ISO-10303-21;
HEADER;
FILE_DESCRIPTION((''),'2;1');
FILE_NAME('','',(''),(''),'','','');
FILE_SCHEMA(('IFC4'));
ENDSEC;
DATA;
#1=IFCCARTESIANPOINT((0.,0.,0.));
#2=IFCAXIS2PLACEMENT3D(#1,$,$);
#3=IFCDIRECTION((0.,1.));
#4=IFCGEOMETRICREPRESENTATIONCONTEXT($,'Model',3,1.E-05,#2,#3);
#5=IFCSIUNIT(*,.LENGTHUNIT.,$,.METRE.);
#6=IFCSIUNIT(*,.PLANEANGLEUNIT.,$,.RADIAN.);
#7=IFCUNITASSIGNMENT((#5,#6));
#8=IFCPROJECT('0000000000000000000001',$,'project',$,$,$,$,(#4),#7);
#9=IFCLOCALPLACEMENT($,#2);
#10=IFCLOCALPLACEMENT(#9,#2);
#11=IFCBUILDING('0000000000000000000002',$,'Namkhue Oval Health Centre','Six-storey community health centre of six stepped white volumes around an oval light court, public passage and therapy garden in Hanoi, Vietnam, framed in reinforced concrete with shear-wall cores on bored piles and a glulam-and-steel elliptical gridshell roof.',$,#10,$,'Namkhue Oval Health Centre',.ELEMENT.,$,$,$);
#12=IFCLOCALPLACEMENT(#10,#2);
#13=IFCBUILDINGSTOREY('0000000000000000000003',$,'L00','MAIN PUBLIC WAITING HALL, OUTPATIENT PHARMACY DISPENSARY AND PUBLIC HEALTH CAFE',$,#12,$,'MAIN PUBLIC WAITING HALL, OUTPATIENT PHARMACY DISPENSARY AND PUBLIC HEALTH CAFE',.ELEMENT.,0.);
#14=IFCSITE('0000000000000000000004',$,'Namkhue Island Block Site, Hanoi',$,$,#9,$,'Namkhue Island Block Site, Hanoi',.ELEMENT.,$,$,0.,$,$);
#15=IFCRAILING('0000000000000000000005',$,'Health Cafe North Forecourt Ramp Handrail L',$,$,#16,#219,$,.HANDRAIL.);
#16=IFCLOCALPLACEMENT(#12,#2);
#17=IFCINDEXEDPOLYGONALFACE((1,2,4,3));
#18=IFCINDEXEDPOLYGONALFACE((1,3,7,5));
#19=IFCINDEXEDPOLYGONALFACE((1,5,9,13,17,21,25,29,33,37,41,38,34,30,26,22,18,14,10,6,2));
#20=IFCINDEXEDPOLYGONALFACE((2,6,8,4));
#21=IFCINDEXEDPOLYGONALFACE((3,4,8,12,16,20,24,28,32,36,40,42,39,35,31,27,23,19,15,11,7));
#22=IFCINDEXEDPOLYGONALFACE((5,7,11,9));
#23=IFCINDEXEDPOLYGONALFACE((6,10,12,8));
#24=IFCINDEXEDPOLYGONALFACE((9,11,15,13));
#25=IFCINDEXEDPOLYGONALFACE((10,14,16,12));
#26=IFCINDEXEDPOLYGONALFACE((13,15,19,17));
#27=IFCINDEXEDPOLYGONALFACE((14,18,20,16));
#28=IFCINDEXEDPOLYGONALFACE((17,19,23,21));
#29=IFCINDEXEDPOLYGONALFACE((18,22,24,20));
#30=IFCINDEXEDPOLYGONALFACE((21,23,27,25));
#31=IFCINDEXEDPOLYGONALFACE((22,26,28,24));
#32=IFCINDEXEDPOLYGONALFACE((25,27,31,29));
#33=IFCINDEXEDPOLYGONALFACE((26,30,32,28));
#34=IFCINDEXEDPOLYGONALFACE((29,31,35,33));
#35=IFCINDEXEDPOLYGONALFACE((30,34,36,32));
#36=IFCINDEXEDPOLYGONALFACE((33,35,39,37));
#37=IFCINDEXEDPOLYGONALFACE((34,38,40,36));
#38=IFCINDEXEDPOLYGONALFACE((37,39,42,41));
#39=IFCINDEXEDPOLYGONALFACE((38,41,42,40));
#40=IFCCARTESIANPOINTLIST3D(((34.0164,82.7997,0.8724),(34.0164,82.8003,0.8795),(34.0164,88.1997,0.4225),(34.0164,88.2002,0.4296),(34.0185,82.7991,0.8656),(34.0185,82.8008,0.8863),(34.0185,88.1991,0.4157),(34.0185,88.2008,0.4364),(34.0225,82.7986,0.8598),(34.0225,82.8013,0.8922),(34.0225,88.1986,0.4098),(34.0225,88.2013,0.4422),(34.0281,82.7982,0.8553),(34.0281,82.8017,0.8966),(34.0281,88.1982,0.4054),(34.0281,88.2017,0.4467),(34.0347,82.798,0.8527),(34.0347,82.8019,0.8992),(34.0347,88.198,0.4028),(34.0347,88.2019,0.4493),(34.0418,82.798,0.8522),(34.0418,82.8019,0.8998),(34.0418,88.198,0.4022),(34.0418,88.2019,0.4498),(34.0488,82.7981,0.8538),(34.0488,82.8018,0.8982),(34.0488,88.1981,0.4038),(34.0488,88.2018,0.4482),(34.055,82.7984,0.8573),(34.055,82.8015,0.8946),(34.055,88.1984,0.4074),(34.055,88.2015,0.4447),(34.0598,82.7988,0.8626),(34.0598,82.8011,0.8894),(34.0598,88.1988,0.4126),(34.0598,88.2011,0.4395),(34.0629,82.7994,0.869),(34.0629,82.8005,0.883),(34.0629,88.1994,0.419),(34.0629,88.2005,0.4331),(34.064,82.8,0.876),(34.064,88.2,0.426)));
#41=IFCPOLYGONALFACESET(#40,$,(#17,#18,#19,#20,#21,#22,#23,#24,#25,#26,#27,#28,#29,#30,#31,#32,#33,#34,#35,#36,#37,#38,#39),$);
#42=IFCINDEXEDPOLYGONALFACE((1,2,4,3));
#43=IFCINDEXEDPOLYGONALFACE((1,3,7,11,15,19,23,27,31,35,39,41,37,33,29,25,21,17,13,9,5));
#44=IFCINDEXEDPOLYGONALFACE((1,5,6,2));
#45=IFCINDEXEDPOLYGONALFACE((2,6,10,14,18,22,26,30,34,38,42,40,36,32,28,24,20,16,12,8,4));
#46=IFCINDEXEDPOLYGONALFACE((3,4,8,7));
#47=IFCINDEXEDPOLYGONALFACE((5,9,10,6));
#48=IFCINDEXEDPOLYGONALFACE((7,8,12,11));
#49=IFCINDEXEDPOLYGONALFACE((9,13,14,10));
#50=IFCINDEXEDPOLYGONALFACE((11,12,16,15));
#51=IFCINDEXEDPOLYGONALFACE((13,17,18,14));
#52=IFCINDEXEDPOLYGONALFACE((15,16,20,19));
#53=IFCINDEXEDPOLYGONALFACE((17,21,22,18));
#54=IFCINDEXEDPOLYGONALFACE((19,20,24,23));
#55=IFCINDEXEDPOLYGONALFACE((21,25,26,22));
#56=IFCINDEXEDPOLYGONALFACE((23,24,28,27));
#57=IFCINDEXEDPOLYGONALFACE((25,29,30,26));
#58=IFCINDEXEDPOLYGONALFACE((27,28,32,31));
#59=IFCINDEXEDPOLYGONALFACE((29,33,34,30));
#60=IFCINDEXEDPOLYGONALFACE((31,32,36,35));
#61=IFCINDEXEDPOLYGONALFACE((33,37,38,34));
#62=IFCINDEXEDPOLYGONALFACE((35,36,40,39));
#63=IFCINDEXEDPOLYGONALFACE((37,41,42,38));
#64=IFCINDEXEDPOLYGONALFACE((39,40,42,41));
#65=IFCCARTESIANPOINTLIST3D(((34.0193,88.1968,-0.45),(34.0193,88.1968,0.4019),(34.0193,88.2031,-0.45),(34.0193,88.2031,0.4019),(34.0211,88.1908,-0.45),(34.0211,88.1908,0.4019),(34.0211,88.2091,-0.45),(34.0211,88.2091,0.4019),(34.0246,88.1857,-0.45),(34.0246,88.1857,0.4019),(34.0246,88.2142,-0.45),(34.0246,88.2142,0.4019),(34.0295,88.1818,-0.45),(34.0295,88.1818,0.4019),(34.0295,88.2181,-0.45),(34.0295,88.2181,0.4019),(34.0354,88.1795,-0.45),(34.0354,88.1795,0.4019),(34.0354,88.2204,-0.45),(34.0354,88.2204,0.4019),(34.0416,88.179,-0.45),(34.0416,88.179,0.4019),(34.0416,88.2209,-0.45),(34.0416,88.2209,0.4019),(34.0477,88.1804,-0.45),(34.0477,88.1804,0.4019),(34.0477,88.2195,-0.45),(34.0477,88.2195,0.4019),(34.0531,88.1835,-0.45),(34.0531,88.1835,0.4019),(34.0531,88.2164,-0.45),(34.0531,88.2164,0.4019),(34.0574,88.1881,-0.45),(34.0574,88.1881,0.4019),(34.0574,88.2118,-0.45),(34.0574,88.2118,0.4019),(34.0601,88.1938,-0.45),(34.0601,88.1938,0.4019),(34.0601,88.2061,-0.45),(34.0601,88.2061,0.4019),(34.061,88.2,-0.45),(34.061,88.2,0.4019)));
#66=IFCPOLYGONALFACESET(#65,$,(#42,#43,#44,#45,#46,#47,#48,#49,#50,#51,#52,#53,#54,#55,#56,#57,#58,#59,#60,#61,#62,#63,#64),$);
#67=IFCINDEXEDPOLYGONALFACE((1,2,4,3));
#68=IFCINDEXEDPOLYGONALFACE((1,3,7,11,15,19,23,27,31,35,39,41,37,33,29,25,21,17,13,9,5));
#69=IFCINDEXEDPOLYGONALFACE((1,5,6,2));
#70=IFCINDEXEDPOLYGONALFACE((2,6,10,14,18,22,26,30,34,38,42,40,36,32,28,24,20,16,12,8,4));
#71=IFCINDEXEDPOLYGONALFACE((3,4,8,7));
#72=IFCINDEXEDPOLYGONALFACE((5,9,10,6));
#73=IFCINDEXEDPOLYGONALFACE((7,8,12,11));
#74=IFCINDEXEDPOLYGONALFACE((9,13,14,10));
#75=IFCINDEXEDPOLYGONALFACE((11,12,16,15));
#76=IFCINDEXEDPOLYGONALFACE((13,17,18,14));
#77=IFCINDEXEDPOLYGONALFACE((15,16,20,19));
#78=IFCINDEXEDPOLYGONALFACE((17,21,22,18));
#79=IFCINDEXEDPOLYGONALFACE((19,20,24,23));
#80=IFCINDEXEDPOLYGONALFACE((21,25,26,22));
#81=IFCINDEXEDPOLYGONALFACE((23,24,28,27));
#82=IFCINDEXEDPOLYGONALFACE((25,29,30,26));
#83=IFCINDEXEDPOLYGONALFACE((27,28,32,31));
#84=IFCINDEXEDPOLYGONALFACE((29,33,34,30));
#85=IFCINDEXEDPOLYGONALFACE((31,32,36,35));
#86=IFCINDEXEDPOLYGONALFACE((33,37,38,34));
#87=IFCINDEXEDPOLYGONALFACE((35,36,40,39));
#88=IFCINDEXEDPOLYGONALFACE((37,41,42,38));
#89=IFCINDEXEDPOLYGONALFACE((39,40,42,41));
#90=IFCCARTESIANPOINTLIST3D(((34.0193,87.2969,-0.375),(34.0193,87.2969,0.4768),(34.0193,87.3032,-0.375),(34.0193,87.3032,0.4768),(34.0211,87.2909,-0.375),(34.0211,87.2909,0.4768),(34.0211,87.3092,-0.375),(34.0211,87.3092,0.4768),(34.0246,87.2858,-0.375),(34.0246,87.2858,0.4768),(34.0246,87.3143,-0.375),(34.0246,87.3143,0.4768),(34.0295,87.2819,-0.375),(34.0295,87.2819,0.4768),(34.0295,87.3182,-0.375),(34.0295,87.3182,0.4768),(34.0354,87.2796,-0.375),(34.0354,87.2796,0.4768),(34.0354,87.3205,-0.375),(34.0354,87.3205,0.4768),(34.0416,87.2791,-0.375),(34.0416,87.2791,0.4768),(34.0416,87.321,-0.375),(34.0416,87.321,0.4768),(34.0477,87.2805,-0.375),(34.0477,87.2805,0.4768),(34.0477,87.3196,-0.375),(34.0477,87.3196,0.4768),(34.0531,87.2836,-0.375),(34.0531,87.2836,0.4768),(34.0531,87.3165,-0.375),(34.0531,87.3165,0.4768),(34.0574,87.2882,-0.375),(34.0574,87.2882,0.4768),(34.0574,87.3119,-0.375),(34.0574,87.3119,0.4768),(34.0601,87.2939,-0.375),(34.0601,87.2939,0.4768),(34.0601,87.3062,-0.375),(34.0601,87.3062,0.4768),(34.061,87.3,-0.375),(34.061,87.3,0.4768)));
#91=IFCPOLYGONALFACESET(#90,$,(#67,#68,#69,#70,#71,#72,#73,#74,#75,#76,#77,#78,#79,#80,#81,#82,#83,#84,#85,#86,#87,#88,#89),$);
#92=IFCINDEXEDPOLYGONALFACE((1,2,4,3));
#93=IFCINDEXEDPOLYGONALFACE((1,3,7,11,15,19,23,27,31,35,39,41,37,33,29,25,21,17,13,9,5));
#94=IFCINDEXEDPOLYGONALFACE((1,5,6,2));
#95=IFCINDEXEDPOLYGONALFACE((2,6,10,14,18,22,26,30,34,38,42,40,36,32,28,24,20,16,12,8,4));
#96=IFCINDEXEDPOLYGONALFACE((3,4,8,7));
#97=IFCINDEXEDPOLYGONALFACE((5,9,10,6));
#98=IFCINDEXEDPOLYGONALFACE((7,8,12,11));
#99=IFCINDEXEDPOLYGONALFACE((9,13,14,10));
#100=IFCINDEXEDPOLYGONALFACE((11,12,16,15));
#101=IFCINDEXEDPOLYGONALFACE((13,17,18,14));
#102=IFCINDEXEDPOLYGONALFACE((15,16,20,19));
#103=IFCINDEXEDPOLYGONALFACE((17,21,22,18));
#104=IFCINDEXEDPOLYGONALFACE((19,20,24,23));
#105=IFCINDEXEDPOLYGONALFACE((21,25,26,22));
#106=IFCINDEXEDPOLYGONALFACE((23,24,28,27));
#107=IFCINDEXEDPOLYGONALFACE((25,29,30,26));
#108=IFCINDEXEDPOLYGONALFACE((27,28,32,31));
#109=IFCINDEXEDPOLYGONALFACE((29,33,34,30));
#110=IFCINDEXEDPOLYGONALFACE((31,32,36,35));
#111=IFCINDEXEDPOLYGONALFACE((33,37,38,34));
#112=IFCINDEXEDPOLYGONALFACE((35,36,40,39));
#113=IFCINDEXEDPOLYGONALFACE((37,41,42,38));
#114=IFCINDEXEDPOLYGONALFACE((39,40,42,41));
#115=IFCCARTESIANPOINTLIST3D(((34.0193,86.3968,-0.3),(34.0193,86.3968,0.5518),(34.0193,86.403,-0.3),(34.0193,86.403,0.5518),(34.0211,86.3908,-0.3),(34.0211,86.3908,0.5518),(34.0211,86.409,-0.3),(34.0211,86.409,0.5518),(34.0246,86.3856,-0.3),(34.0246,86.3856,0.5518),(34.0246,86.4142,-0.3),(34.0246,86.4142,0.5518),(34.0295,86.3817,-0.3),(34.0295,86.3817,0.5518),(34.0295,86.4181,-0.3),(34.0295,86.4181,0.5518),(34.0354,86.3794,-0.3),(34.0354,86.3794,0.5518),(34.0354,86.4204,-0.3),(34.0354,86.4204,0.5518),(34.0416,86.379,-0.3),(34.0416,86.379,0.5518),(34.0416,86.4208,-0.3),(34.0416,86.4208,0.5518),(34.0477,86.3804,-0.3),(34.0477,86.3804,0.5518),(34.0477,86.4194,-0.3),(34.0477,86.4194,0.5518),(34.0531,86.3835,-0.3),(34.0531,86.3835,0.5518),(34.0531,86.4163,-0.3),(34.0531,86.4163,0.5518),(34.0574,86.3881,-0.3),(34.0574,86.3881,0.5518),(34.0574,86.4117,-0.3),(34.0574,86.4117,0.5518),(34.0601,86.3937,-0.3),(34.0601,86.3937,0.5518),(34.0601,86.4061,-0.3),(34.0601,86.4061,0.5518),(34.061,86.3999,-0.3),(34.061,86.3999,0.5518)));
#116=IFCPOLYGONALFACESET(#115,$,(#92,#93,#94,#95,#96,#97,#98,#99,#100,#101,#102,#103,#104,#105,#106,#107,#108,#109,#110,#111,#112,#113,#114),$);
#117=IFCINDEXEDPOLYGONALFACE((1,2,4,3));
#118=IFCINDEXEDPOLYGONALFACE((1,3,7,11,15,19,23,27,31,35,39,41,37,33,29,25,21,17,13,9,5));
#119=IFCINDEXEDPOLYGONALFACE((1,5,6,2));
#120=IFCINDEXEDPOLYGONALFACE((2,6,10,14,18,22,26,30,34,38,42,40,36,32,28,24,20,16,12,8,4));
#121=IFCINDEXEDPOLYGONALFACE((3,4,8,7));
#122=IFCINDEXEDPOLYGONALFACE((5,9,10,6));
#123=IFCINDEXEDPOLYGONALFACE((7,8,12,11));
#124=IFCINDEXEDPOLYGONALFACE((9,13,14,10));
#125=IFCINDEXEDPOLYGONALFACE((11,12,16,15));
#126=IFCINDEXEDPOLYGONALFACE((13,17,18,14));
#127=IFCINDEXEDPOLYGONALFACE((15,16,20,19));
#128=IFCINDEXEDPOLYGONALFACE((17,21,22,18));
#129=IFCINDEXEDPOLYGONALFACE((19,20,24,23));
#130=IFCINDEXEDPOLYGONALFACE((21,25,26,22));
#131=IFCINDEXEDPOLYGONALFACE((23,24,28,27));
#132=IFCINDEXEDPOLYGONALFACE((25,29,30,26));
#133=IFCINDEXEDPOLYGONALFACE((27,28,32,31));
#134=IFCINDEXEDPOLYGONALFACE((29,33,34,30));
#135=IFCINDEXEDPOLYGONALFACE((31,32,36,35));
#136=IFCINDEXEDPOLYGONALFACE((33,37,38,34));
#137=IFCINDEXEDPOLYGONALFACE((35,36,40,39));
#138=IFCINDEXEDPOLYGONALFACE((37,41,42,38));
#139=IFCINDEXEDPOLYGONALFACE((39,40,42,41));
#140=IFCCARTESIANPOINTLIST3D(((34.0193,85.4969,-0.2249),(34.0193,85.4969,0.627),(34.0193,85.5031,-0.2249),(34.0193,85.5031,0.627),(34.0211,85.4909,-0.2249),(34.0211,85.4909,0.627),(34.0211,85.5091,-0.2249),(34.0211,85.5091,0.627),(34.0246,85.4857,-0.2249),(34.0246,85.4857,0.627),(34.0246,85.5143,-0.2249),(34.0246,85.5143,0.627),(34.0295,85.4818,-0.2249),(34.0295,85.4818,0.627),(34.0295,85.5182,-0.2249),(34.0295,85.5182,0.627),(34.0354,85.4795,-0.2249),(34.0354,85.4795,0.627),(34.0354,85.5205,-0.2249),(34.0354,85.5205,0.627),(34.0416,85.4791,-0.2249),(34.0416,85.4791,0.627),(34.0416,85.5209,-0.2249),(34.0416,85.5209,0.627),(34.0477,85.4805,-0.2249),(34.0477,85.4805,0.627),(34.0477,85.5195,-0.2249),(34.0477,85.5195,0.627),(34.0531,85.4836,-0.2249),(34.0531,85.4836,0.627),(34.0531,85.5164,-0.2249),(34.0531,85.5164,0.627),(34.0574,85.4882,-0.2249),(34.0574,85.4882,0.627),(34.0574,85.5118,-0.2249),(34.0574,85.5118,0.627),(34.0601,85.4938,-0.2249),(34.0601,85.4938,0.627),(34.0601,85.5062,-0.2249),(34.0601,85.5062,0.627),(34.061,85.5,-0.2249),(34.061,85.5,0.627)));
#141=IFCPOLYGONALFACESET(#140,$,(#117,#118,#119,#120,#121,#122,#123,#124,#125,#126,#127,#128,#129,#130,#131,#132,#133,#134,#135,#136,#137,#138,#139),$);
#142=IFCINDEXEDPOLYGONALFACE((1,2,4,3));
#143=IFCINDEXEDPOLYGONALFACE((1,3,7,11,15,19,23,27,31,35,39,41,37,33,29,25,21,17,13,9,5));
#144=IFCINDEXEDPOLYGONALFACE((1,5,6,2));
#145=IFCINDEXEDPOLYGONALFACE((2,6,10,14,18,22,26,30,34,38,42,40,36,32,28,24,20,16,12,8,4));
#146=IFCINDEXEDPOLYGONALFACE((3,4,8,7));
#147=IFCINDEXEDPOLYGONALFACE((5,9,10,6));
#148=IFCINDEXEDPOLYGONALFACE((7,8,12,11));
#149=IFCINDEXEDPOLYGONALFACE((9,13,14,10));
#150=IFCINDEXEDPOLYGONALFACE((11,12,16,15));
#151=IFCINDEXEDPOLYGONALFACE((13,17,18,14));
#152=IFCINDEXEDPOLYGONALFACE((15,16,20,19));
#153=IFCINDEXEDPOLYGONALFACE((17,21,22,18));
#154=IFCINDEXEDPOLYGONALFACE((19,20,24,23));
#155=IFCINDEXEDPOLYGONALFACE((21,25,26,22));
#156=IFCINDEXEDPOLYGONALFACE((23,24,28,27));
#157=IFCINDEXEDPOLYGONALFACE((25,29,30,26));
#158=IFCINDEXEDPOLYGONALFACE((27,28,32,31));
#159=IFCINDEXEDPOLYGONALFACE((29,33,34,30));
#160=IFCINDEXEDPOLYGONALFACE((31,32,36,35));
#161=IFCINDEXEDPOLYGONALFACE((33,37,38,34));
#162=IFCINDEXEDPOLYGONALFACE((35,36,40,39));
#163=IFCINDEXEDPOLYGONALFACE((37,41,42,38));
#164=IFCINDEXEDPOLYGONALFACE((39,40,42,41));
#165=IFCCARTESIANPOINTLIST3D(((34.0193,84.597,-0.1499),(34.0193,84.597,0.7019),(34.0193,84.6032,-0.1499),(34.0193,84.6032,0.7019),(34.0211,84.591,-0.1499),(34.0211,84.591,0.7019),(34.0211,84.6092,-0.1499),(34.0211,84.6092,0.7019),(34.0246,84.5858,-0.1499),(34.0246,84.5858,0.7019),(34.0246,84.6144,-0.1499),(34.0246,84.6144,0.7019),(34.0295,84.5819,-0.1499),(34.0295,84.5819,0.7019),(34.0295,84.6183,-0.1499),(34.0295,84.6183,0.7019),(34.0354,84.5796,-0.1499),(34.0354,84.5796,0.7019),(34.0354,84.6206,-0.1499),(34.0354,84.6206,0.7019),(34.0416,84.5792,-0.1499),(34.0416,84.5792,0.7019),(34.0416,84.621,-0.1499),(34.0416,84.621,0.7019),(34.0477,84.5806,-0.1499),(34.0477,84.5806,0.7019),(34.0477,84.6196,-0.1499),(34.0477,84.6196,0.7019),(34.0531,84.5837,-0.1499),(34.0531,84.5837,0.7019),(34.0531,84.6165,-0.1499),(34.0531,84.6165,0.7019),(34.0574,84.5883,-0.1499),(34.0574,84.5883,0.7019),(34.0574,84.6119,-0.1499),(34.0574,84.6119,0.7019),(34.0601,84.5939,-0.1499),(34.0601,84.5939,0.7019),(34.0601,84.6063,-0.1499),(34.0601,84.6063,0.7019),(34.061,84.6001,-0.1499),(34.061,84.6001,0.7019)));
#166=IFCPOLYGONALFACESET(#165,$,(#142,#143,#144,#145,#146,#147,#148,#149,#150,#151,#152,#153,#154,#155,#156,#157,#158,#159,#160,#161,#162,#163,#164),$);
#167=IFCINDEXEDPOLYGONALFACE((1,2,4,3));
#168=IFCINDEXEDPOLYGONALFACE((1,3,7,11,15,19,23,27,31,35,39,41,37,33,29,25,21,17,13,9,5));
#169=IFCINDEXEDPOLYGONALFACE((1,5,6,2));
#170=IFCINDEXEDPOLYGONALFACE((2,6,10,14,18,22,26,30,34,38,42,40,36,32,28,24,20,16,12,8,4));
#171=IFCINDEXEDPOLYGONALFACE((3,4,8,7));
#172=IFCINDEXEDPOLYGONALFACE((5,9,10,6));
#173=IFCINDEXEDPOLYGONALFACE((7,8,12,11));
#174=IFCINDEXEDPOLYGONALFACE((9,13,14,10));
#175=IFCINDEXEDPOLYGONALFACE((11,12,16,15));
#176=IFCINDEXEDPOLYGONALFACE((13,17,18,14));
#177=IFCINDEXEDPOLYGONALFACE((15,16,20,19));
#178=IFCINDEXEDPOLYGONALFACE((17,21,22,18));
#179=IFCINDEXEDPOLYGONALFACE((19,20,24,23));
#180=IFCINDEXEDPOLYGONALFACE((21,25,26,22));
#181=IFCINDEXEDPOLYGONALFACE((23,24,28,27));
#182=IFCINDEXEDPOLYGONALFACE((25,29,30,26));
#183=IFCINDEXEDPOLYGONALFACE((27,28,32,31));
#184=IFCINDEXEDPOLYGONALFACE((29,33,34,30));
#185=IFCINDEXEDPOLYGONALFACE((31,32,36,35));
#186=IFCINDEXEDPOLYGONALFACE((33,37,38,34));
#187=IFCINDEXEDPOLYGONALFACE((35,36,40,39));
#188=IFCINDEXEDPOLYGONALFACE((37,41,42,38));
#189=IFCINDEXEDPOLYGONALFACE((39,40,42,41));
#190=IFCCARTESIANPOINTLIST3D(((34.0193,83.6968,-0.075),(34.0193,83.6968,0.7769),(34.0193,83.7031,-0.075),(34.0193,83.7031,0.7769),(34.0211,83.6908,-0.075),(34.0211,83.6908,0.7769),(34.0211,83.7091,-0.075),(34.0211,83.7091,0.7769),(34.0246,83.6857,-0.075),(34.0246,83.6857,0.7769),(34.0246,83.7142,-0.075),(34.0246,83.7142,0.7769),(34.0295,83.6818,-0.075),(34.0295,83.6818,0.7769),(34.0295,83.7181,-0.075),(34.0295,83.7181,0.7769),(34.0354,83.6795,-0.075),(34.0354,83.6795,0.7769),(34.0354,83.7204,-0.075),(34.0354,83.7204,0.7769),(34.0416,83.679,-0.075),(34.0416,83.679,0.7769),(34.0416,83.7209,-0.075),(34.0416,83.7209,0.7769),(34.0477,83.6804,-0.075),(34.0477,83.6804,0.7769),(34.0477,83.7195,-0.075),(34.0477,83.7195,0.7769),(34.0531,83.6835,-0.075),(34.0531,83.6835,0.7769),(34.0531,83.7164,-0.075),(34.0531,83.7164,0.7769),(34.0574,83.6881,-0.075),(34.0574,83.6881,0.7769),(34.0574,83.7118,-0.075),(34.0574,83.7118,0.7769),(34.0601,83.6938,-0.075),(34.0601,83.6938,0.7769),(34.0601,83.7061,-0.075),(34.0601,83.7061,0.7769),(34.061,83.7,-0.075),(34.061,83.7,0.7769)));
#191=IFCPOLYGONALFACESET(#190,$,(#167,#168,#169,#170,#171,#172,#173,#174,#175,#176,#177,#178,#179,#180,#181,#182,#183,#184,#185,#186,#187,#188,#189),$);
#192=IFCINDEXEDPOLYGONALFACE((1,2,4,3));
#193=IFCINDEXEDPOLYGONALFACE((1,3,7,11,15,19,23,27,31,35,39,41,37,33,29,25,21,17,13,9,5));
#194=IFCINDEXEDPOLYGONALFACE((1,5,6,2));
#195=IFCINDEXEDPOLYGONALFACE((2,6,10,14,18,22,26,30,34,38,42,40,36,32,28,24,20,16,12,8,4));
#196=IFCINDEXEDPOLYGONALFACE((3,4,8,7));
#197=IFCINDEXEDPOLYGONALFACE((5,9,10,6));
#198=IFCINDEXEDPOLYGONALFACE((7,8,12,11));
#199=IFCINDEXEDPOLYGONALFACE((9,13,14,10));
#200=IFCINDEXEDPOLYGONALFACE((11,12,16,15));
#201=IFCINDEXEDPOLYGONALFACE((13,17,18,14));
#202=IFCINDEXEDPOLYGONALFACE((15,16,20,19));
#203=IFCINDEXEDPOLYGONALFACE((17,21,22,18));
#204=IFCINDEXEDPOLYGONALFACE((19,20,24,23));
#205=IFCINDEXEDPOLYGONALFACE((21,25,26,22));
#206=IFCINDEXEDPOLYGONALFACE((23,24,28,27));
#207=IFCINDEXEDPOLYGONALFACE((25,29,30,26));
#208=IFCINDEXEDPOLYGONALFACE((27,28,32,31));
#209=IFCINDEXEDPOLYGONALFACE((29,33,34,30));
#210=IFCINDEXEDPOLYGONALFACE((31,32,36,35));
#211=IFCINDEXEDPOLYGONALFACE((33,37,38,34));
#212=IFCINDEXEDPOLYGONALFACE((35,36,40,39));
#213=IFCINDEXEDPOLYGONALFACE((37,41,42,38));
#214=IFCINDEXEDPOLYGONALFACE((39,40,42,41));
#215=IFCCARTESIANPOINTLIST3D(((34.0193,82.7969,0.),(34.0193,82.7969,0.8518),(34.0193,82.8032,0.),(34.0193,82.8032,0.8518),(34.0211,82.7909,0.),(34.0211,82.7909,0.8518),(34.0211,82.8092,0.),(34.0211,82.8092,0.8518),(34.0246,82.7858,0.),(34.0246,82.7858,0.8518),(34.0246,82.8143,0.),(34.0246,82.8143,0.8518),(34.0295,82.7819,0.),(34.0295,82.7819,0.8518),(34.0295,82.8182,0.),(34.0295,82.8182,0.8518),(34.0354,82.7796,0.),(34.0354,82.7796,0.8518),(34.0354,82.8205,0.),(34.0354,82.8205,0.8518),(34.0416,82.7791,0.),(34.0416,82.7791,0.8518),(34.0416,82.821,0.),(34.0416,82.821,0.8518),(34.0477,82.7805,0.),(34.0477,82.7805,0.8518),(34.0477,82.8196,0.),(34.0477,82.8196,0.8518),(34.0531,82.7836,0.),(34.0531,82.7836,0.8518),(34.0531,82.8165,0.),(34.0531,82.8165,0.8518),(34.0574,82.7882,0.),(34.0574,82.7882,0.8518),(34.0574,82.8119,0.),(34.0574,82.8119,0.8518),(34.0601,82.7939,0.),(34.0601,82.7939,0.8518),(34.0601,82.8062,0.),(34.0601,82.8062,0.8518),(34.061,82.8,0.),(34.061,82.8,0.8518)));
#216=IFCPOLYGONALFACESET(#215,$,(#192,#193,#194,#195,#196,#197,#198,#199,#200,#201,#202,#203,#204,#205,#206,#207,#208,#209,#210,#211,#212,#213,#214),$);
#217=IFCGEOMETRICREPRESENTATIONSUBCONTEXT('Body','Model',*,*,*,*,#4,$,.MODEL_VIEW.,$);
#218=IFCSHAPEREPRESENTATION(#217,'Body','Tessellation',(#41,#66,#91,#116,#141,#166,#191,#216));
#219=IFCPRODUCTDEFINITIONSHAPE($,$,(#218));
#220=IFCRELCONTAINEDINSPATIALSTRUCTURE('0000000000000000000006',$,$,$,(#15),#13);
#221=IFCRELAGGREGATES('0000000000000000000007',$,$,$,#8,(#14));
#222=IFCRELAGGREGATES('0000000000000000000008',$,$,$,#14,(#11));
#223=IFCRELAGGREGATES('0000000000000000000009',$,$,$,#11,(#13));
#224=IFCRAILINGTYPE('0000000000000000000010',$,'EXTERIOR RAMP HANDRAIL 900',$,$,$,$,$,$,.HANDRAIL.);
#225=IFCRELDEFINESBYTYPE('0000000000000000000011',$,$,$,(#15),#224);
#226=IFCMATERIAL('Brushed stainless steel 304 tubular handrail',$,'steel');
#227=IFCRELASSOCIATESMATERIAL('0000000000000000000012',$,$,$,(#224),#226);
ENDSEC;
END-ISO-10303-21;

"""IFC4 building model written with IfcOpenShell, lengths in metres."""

from ifc_helpers import new_model, si_unit, direction, frame, origin, origin_2d, place, context, subcontext, project, spatial, circle, extrude, material, type_object, element, save


model = new_model("IFC4")

# Units and contexts
model_context = context("Model", 3, precision=1e-05, world=origin(), true_north=direction((0.0, 1.0)))
body_context = subcontext(model_context, "Body", "Model", "MODEL_VIEW")
ifc_project = project(units=[si_unit("LENGTHUNIT", "METRE"), si_unit("PLANEANGLEUNIT", "RADIAN")], contexts=[model_context])

# Site, building, storey
site_placement = place(None, origin())
site = spatial("IfcSite", under=ifc_project, at=site_placement, Name="Namkhue Island Block Site, Hanoi", LongName="Namkhue Island Block Site, Hanoi", CompositionType="ELEMENT", RefElevation=0.0)
building_placement = place(site_placement, origin())
building = spatial("IfcBuilding", under=site, at=building_placement, Name="Namkhue Oval Health Centre", Description="Six-storey community health centre of six stepped white volumes around an oval light court, public passage and therapy garden in Hanoi, Vietnam, framed in reinforced concrete with shear-wall cores on bored piles and a glulam-and-steel elliptical gridshell roof.", LongName="Namkhue Oval Health Centre", CompositionType="ELEMENT")
storey_placement = place(building_placement, origin())
storey = spatial("IfcBuildingStorey", under=building, at=storey_placement, Name="L00", Description="MAIN PUBLIC WAITING HALL, OUTPATIENT PHARMACY DISPENSARY AND PUBLIC HEALTH CAFE", LongName="MAIN PUBLIC WAITING HALL, OUTPATIENT PHARMACY DISPENSARY AND PUBLIC HEALTH CAFE", CompositionType="ELEMENT", Elevation=0.0)

# Railing
ifc_material_1 = material(Name="Brushed stainless steel 304 tubular handrail", Category="steel")
railing_type = type_object("IfcRailingType", Name="EXTERIOR RAMP HANDRAIL 900", PredefinedType="HANDRAIL", material=ifc_material_1)
for number, where, name in (
    (1, (34.04, 88.2, -0.45), "Health Cafe North Forecourt Ramp Handrail L"),
):
    element("IfcRailing", number, at=place(storey_placement, frame(where)), inside=storey, type_object=railing_type, Name=name, PredefinedType="HANDRAIL", context=body_context, shape_type="SweptSolid", body=[
        extrude(circle(Radius=0.0239, at=origin_2d()), frame((0.0, 0.0, 0.876), z_axis=(0.0, -0.996546, 0.083038), x_axis=(1.0, 0.0, 0.0)), (0.0, 0.0, 1.0), 5.4187),
        extrude(circle(Radius=0.021, at=origin_2d()), origin(), (0.0, 0.0, 1.0), 0.8518),
        extrude(circle(Radius=0.021, at=origin_2d()), frame((0.0, -0.8999, 0.075)), (0.0, 0.0, 1.0), 0.8518),
        extrude(circle(Radius=0.021, at=origin_2d()), frame((0.0, -1.8, 0.1499)), (0.0, 0.0, 1.0), 0.8518),
        extrude(circle(Radius=0.021, at=origin_2d()), frame((0.0, -2.7, 0.2251)), (0.0, 0.0, 1.0), 0.8518),
        extrude(circle(Radius=0.021, at=origin_2d()), frame((0.0, -3.5999, 0.3)), (0.0, 0.0, 1.0), 0.8518),
        extrude(circle(Radius=0.021, at=origin_2d()), frame((0.0, -4.5, 0.375)), (0.0, 0.0, 1.0), 0.8518),
        extrude(circle(Radius=0.021, at=origin_2d()), frame((0.0, -5.3999, 0.45)), (0.0, 0.0, 1.0), 0.8518),
    ])

save(model, "model.ifc")
